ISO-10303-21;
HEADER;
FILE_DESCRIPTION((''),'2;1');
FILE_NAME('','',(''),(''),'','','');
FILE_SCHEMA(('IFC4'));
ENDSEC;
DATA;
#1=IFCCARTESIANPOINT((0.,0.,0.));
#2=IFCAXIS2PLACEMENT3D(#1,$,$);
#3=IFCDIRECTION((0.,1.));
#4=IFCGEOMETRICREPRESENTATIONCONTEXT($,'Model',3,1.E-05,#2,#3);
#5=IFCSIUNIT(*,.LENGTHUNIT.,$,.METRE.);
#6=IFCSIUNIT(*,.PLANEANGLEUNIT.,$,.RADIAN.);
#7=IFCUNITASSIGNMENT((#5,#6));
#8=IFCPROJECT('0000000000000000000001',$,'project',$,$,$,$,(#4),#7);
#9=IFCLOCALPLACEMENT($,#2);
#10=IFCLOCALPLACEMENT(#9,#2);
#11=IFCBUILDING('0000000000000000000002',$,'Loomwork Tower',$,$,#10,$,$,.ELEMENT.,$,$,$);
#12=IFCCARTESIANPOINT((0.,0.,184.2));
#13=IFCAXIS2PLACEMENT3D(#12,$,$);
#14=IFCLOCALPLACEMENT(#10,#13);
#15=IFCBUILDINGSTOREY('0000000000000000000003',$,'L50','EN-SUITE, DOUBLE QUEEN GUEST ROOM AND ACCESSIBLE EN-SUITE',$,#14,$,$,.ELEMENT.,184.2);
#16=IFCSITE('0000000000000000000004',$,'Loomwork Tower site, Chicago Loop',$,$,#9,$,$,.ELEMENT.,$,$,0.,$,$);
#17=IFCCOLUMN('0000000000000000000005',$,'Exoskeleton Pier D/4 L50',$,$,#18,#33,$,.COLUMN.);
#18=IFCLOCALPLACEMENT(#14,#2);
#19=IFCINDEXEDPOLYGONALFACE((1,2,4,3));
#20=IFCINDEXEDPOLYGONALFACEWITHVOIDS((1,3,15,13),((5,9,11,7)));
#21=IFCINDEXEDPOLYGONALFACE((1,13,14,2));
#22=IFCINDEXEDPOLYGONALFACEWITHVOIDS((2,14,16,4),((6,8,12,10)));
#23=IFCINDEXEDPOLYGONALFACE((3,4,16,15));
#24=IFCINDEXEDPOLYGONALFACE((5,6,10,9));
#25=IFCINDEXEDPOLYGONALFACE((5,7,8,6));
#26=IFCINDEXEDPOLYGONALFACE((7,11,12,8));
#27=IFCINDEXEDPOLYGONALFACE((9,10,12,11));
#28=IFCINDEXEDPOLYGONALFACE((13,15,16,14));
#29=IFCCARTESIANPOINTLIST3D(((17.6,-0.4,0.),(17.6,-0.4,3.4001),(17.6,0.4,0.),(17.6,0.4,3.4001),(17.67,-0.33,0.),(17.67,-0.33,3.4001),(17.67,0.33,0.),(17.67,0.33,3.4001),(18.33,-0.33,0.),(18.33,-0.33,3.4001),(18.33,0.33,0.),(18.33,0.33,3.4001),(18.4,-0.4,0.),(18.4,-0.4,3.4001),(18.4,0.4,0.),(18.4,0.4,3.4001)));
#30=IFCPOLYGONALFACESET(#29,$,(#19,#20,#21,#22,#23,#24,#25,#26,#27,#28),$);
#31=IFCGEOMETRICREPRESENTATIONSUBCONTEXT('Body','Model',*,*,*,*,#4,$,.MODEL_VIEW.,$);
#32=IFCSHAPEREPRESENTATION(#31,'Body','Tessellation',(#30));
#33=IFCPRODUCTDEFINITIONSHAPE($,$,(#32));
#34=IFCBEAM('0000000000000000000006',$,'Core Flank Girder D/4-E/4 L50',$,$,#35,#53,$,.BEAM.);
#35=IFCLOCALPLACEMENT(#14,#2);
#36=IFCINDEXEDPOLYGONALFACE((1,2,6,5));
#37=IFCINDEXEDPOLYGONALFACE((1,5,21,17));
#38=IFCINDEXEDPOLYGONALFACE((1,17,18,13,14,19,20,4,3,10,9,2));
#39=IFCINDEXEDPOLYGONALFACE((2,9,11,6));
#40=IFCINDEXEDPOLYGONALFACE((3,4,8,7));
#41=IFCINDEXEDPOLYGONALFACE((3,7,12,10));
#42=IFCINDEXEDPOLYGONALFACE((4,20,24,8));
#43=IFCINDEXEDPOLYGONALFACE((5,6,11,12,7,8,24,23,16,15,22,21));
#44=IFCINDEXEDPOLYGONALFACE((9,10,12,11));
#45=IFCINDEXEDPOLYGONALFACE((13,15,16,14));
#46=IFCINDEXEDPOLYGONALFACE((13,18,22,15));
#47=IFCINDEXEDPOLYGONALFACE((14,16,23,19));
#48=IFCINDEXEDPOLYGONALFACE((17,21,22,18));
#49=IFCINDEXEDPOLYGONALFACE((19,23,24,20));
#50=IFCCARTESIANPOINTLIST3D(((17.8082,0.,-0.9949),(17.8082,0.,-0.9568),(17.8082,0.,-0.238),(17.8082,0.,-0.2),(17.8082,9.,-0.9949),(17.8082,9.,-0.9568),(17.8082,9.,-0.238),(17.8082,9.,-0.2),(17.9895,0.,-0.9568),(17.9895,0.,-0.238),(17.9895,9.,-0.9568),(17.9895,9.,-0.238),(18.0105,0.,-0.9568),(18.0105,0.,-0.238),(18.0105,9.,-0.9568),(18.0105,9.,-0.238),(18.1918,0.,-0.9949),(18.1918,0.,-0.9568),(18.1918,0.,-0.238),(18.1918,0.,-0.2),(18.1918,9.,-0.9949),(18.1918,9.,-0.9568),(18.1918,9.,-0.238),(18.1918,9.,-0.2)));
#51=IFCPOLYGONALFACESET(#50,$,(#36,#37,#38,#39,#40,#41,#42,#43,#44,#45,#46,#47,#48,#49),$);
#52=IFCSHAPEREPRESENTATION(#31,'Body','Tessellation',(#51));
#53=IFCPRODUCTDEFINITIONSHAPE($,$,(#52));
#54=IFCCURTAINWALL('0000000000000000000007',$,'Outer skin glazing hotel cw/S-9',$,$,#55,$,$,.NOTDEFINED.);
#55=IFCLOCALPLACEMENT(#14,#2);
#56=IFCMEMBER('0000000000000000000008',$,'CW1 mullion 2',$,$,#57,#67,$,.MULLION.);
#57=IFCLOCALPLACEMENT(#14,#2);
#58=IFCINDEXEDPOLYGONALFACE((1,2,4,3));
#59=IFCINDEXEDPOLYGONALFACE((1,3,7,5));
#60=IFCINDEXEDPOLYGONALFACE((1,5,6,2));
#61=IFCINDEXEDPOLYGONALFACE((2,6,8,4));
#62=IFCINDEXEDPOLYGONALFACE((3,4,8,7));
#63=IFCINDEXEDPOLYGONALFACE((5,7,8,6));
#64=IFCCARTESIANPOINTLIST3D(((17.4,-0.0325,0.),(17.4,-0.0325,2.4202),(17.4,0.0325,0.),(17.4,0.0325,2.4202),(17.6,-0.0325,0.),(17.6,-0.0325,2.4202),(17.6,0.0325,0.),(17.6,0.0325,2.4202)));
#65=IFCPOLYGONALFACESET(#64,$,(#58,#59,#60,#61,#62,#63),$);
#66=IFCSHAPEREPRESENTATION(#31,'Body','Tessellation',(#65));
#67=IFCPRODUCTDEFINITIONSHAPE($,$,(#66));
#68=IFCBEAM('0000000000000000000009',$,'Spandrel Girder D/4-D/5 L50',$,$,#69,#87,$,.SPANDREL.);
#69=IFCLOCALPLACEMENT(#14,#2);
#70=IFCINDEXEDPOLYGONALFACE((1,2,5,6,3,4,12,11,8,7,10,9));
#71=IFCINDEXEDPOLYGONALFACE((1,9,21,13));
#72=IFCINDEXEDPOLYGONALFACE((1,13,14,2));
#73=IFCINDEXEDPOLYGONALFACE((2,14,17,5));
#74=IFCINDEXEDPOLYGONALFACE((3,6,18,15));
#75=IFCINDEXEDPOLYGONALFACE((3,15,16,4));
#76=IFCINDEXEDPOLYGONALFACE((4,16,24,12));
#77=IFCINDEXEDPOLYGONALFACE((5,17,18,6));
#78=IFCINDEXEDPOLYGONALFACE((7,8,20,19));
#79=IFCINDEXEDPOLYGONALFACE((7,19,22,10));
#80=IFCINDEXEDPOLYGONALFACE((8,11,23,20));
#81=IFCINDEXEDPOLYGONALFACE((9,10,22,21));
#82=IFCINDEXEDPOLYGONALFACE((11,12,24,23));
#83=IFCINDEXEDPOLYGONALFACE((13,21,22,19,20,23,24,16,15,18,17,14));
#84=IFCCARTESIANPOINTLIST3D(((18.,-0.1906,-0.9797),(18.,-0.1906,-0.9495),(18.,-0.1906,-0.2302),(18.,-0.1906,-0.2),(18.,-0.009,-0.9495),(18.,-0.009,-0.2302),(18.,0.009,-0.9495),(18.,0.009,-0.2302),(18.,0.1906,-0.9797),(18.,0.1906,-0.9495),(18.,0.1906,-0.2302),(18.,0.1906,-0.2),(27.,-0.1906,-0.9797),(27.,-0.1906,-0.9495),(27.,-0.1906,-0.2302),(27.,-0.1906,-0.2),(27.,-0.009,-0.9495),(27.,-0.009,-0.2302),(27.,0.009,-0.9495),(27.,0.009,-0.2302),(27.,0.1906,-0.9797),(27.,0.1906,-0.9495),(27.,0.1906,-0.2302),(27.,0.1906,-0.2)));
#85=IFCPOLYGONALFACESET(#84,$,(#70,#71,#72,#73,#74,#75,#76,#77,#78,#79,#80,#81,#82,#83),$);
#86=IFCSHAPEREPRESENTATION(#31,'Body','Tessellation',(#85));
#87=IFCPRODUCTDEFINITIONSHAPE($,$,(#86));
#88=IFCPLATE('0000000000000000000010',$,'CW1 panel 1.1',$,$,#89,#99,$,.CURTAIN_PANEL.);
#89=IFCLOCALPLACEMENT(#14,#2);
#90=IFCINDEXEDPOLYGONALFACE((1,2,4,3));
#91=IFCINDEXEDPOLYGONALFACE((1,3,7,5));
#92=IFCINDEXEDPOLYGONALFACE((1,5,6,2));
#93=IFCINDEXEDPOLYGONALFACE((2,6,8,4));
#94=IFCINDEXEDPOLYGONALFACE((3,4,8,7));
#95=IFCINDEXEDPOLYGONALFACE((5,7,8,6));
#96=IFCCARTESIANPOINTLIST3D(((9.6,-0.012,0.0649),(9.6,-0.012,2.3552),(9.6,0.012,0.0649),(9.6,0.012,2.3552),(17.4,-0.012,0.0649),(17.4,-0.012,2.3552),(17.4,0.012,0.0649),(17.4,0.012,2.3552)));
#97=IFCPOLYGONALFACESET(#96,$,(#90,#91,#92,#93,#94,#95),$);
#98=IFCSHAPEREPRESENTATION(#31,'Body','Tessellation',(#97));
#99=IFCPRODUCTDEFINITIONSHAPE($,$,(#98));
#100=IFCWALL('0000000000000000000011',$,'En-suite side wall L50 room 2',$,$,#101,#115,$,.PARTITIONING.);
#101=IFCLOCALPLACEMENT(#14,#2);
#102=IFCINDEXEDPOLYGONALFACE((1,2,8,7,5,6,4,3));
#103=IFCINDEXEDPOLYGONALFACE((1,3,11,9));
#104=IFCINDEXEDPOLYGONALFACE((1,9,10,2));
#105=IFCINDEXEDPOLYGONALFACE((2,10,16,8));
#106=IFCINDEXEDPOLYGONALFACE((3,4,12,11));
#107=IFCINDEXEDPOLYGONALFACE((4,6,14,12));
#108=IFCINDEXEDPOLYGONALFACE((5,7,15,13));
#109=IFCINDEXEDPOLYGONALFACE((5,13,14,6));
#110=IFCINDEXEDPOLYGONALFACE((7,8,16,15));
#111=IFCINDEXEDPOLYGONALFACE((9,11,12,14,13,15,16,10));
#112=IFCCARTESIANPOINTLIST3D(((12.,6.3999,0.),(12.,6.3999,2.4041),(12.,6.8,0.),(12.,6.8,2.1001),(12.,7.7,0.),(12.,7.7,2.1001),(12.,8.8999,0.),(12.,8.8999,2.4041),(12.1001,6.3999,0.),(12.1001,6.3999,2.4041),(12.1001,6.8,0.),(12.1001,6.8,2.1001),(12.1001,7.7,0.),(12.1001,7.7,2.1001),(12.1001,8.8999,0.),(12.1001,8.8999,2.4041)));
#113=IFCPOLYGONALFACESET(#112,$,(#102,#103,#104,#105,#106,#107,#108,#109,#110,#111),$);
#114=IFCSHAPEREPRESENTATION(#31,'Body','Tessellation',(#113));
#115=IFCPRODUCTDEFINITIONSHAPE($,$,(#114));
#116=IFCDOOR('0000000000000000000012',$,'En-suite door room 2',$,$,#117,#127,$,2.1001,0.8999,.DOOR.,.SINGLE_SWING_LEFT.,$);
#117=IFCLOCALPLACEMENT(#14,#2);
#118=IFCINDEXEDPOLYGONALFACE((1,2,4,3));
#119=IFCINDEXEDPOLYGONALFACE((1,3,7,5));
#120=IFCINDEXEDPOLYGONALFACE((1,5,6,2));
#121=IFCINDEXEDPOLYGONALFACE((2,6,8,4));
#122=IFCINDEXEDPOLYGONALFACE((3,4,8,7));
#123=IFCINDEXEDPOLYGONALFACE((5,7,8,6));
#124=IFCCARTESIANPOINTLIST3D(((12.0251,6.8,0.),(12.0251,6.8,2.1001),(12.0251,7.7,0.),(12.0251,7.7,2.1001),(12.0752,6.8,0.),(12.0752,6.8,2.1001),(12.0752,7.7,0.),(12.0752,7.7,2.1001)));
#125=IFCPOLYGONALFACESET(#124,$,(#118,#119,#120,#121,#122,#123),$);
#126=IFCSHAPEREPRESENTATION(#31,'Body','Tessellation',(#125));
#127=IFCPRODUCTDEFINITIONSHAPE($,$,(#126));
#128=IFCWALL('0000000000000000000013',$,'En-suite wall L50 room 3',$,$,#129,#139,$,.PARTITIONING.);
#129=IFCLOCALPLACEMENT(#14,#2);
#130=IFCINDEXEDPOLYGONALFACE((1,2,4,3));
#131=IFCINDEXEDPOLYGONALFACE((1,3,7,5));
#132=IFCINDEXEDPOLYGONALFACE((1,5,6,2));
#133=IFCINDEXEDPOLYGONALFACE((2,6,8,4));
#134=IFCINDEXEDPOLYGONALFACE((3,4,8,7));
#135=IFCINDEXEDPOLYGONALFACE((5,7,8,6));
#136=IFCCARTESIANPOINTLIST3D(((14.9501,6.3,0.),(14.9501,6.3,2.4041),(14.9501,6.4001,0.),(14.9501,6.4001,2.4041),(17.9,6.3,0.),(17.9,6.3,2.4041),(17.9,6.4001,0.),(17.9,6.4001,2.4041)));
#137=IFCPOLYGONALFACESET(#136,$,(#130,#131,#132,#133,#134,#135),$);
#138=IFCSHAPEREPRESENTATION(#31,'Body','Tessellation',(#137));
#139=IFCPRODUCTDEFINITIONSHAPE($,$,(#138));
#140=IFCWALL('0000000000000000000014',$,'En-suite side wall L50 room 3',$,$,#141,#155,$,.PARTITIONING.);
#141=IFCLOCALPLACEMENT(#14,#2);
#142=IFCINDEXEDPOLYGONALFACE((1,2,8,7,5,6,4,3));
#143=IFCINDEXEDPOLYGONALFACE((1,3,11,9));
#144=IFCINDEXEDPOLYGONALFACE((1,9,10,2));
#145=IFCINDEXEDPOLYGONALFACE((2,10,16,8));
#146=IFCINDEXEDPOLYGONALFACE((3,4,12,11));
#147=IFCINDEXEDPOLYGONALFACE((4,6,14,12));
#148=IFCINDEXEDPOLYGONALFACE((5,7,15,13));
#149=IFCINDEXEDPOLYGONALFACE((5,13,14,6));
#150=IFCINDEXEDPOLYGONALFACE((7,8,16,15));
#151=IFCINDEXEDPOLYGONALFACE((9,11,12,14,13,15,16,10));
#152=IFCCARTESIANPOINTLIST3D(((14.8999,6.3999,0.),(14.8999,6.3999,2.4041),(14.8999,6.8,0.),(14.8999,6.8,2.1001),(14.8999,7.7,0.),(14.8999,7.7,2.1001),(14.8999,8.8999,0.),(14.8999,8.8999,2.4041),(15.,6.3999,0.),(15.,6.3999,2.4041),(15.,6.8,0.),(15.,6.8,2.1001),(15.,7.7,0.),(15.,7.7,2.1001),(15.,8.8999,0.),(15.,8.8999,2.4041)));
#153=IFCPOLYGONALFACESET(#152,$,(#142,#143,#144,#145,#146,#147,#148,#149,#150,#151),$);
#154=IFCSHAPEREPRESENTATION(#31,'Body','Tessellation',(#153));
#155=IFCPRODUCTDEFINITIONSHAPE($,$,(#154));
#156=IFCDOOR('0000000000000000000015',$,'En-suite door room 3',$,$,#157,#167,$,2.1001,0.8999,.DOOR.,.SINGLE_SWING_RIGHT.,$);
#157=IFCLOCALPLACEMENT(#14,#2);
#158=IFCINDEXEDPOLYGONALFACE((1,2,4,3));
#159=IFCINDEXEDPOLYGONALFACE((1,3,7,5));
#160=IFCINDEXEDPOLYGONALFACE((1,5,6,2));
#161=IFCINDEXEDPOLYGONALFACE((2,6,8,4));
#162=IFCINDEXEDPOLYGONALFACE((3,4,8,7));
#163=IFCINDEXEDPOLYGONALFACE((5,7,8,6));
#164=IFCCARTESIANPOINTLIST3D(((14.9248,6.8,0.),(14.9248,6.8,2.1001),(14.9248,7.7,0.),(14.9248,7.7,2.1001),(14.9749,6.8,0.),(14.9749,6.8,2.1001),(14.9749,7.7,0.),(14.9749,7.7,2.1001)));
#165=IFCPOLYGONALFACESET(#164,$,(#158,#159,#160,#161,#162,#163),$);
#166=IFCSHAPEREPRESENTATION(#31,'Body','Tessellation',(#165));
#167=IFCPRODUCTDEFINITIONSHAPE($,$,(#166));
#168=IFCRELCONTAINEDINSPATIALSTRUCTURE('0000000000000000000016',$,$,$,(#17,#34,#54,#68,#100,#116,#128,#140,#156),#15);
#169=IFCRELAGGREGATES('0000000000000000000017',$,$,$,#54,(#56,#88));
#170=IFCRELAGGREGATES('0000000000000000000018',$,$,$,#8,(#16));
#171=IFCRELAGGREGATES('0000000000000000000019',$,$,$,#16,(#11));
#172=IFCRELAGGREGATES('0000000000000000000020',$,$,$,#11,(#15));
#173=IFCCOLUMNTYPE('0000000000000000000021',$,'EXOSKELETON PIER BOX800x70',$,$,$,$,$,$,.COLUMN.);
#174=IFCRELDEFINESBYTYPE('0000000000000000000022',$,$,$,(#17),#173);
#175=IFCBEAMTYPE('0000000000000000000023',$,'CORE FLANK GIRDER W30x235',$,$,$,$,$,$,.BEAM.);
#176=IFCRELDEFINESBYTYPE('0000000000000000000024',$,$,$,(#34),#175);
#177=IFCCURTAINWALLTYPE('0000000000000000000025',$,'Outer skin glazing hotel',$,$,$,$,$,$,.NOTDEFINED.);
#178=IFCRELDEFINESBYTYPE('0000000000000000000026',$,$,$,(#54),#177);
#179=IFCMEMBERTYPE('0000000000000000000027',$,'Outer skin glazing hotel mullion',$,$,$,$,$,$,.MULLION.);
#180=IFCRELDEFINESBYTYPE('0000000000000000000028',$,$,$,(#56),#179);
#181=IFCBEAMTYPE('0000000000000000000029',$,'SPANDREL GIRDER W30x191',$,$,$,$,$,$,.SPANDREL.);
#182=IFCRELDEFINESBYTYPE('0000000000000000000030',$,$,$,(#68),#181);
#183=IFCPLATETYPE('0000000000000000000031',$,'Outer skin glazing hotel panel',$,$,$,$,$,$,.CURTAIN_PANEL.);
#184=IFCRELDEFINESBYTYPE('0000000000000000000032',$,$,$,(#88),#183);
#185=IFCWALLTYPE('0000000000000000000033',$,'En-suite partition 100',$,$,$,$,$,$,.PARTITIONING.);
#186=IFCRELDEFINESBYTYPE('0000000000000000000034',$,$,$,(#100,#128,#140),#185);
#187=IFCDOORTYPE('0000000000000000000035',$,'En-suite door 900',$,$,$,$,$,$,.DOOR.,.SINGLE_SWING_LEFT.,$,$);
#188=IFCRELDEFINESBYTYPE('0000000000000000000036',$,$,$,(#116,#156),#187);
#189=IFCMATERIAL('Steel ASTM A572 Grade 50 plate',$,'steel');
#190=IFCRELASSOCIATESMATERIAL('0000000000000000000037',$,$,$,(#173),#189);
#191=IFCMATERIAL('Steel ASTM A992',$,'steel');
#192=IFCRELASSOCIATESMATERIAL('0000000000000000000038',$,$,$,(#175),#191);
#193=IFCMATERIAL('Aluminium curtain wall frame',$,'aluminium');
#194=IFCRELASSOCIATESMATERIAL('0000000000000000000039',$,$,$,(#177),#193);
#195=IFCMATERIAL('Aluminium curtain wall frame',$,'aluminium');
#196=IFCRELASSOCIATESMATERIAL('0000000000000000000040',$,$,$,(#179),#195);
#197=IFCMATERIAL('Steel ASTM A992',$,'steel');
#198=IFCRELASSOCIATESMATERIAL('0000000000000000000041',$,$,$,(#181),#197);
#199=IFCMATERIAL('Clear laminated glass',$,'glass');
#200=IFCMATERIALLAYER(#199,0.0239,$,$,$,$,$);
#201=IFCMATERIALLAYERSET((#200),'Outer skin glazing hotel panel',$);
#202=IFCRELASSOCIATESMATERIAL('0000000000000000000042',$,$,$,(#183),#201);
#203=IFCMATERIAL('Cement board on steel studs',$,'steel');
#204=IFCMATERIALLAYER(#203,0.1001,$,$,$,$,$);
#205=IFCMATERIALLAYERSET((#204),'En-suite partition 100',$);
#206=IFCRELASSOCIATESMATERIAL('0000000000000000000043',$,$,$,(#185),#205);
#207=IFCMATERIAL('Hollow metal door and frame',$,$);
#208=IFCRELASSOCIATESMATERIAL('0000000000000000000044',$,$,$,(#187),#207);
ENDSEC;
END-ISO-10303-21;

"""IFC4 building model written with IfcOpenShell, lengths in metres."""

from ifc_helpers import new_model, si_unit, direction, frame, frame_2d, origin, origin_2d, place, context, subcontext, project, spatial, rectangle, hollow_rectangle, i_section, extrude, material, layer, layer_set, material_profile, profile_set, type_object, element, fill, aggregate, save


model = new_model("IFC4")

# Units and contexts
model_context = context("Model", 3, precision=1e-05, world=origin(), true_north=direction((0.0, 1.0)))
body_context = subcontext(model_context, "Body", "Model", "MODEL_VIEW")
ifc_project = project(units=[si_unit("LENGTHUNIT", "METRE"), si_unit("PLANEANGLEUNIT", "RADIAN")], contexts=[model_context])

# Site, building, storey
site_placement = place(None, origin())
site = spatial("IfcSite", under=ifc_project, at=site_placement, Name="Loomwork Tower site, Chicago Loop", CompositionType="ELEMENT", RefElevation=0.0)
building_placement = place(site_placement, origin())
building = spatial("IfcBuilding", under=site, at=building_placement, Name="Loomwork Tower", CompositionType="ELEMENT")
storey_placement = place(building_placement, frame((0.0, 0.0, 184.2)))
storey = spatial("IfcBuildingStorey", under=building, at=storey_placement, Name="L50", Description="EN-SUITE, DOUBLE QUEEN GUEST ROOM AND ACCESSIBLE EN-SUITE", CompositionType="ELEMENT", Elevation=184.2)

# Column
ifc_material_1 = material(Name="Steel ASTM A572 Grade 50 plate", Category="steel")
ifc_material_profile_1 = material_profile(ifc_material_1, hollow_rectangle(XDim=0.8, YDim=0.8, WallThickness=0.0701, at=origin_2d()), Name="BOX800x70")
ifc_profile_set_1 = profile_set([ifc_material_profile_1], Name="Steel ASTM A572 Grade 50 plate")
column_type = type_object("IfcColumnType", Name="EXOSKELETON PIER BOX800x70", PredefinedType="COLUMN", material=ifc_profile_set_1)
column_placement = place(storey_placement, frame((18.0, 0.0, 0.0), z_axis=(0.0, 0.0, 1.0), x_axis=(1.0, 0.0, 0.0)))
element("IfcColumn", 1, at=column_placement, inside=storey, type_object=column_type, Name="Exoskeleton Pier D/4 L50", PredefinedType="COLUMN", context=body_context, shape_type="SweptSolid", body=[
    extrude(hollow_rectangle(XDim=0.8, YDim=0.8, WallThickness=0.0701, at=origin_2d()), origin(), (0.0, 0.0, 1.0), 3.4001),
])

# Beam
ifc_material_2 = material(Name="Steel ASTM A992", Category="steel")
ifc_material_profile_2 = material_profile(ifc_material_2, i_section(OverallWidth=0.3835, OverallDepth=0.7949, WebThickness=0.021, FlangeThickness=0.0381, at=origin_2d()), Name="W30x235")
ifc_profile_set_2 = profile_set([ifc_material_profile_2], Name="Steel ASTM A992")
beam_type_1 = type_object("IfcBeamType", Name="CORE FLANK GIRDER W30x235", PredefinedType="BEAM", material=ifc_profile_set_2)
beam_1_placement = place(storey_placement, frame((18.0, 0.0, -0.5974), z_axis=(0.0, 1.0, 0.0), x_axis=(-1.0, 0.0, 0.0)))
element("IfcBeam", 2, at=beam_1_placement, inside=storey, type_object=beam_type_1, Name="Core Flank Girder D/4-E/4 L50", PredefinedType="BEAM", context=body_context, shape_type="SweptSolid", body=[
    extrude(i_section(OverallWidth=0.3835, OverallDepth=0.7949, WebThickness=0.021, FlangeThickness=0.0381, at=origin_2d()), origin(), (0.0, 0.0, 1.0), 9.0),
])

# Curtain wall, member
ifc_material_3 = material(Name="Aluminium curtain wall frame", Category="aluminium")
curtain_wall_type = type_object("IfcCurtainWallType", Name="Outer skin glazing hotel", PredefinedType="NOTDEFINED", material=ifc_material_3)
curtain_wall_placement = place(storey_placement, origin())
curtain_wall = element("IfcCurtainWall", 3, at=curtain_wall_placement, inside=storey, type_object=curtain_wall_type, Name="Outer skin glazing hotel cw/S-9", PredefinedType="NOTDEFINED")
ifc_material_4 = material(Name="Aluminium curtain wall frame", Category="aluminium")
ifc_material_profile_3 = material_profile(ifc_material_4, rectangle(XDim=0.0649, YDim=0.2, at=origin_2d()), Name="AL 65x200")
ifc_profile_set_3 = profile_set([ifc_material_profile_3], Name="Aluminium curtain wall frame")
member_type = type_object("IfcMemberType", Name="Outer skin glazing hotel mullion", PredefinedType="MULLION", material=ifc_profile_set_3)
member_placement = place(storey_placement, frame((17.5, 0.0, 0.0), z_axis=(0.0, 0.0, 1.0), x_axis=(0.0, 1.0, 0.0)))
member = element("IfcMember", 4, at=member_placement, type_object=member_type, Name="CW1 mullion 2", PredefinedType="MULLION", context=body_context, shape_type="SweptSolid", body=[
    extrude(rectangle(XDim=0.0649, YDim=0.2, at=origin_2d()), origin(), (0.0, 0.0, 1.0), 2.4202),
])

# Beam
ifc_material_5 = material(Name="Steel ASTM A992", Category="steel")
ifc_material_profile_4 = material_profile(ifc_material_5, i_section(OverallWidth=0.3811, OverallDepth=0.7798, WebThickness=0.0181, FlangeThickness=0.0303, at=origin_2d()), Name="W30x191")
ifc_profile_set_4 = profile_set([ifc_material_profile_4], Name="Steel ASTM A992")
beam_type_2 = type_object("IfcBeamType", Name="SPANDREL GIRDER W30x191", PredefinedType="SPANDREL", material=ifc_profile_set_4)
beam_2_placement = place(storey_placement, frame((18.0, 0.0, -0.5898), z_axis=(1.0, 0.0, 0.0), x_axis=(0.0, 1.0, 0.0)))
element("IfcBeam", 5, at=beam_2_placement, inside=storey, type_object=beam_type_2, Name="Spandrel Girder D/4-D/5 L50", PredefinedType="SPANDREL", context=body_context, shape_type="SweptSolid", body=[
    extrude(i_section(OverallWidth=0.3811, OverallDepth=0.7798, WebThickness=0.0181, FlangeThickness=0.0303, at=origin_2d()), origin(), (0.0, 0.0, 1.0), 9.0),
])

# Plate
ifc_material_6 = material(Name="Clear laminated glass", Category="glass")
ifc_layer_1 = layer(ifc_material_6, 0.0239)
ifc_layer_set_1 = layer_set([ifc_layer_1], Name="Outer skin glazing hotel panel")
plate_type = type_object("IfcPlateType", Name="Outer skin glazing hotel panel", PredefinedType="CURTAIN_PANEL", material=ifc_layer_set_1)
plate_placement = place(storey_placement, frame((13.5, 0.0, 0.0649), z_axis=(0.0, 0.0, 1.0), x_axis=(1.0, 0.0, 0.0)))
plate = element("IfcPlate", 6, at=plate_placement, type_object=plate_type, Name="CW1 panel 1.1", PredefinedType="CURTAIN_PANEL", context=body_context, shape_type="SweptSolid", body=[
    extrude(rectangle(XDim=7.8, YDim=0.0239, at=origin_2d()), origin(), (0.0, 0.0, 1.0), 2.2903),
])
aggregate(curtain_wall, [member, plate])

# Wall, opening, door
ifc_material_7 = material(Name="Cement board on steel studs", Category="steel")
ifc_layer_2 = layer(ifc_material_7, 0.1001)
ifc_layer_set_2 = layer_set([ifc_layer_2], Name="En-suite partition 100")
wall_type_1 = type_object("IfcWallType", Name="En-suite partition 100", PredefinedType="PARTITIONING", material=ifc_layer_set_2)
wall_1_placement = place(storey_placement, frame((12.05, 8.8999, 0.0), z_axis=(0.0, 0.0, 1.0), x_axis=(0.0, -1.0, 0.0)))
wall_1 = element("IfcWall", 7, at=wall_1_placement, inside=storey, type_object=wall_type_1, Name="En-suite side wall L50 room 2", PredefinedType="PARTITIONING", context=body_context, shape_type="SweptSolid", body=[
    extrude(rectangle(XDim=2.5, YDim=0.1001, at=frame_2d((1.25, 0.0))), origin(), (0.0, 0.0, 1.0), 2.4041),
])
opening_1_placement = place(wall_1_placement, frame((1.2, 0.0, 0.0)))
opening_1 = element("IfcOpeningElement", 8, at=opening_1_placement, cuts=wall_1, PredefinedType="OPENING", context=body_context, shape_type="SweptSolid", body=[
    extrude(rectangle(XDim=0.8999, YDim=2.1001, at=frame_2d((0.45, 1.05))), frame((0.0, 0.0601, 0.0), z_axis=(0.0, -1.0, 0.0), x_axis=(1.0, 0.0, 0.0)), (0.0, 0.0, 1.0), 0.1201),
])
ifc_material_8 = material(Name="Hollow metal door and frame")
door_type = type_object("IfcDoorType", Name="En-suite door 900", OperationType="SINGLE_SWING_LEFT", PredefinedType="DOOR", material=ifc_material_8)
door_1_placement = place(opening_1_placement, frame((0.8999, 0.0, 0.0), z_axis=(0.0, 0.0, 1.0), x_axis=(-1.0, 0.0, 0.0)))
door_1 = element("IfcDoor", 9, at=door_1_placement, inside=storey, type_object=door_type, Name="En-suite door room 2", OperationType="SINGLE_SWING_LEFT", OverallHeight=2.1001, OverallWidth=0.8999, PredefinedType="DOOR", context=body_context, shape_type="SweptSolid", body=[
    extrude(rectangle(XDim=0.8999, YDim=2.1001, at=frame_2d((0.45, 1.05))), frame((0.0, 0.0249, 0.0), z_axis=(0.0, -1.0, 0.0), x_axis=(1.0, 0.0, 0.0)), (0.0, 0.0, 1.0), 0.05),
])
fill(opening_1, door_1)

# Wall
wall_2_placement = place(storey_placement, frame((14.95, 6.3501, 0.0), z_axis=(0.0, 0.0, 1.0), x_axis=(1.0, 0.0, 0.0)))
element("IfcWall", 10, at=wall_2_placement, inside=storey, type_object=wall_type_1, Name="En-suite wall L50 room 3", PredefinedType="PARTITIONING", context=body_context, shape_type="SweptSolid", body=[
    extrude(rectangle(XDim=2.95, YDim=0.1001, at=frame_2d((1.4751, 0.0))), origin(), (0.0, 0.0, 1.0), 2.4041),
])

# Wall, opening, door
wall_3_placement = place(storey_placement, frame((14.95, 8.8999, 0.0), z_axis=(0.0, 0.0, 1.0), x_axis=(0.0, -1.0, 0.0)))
wall_3 = element("IfcWall", 11, at=wall_3_placement, inside=storey, type_object=wall_type_1, Name="En-suite side wall L50 room 3", PredefinedType="PARTITIONING", context=body_context, shape_type="SweptSolid", body=[
    extrude(rectangle(XDim=2.5, YDim=0.1001, at=frame_2d((1.25, 0.0))), origin(), (0.0, 0.0, 1.0), 2.4041),
])
opening_2_placement = place(wall_3_placement, frame((1.2, 0.0, 0.0)))
opening_2 = element("IfcOpeningElement", 12, at=opening_2_placement, cuts=wall_3, PredefinedType="OPENING", context=body_context, shape_type="SweptSolid", body=[
    extrude(rectangle(XDim=0.8999, YDim=2.1001, at=frame_2d((0.45, 1.05))), frame((0.0, 0.0601, 0.0), z_axis=(0.0, -1.0, 0.0), x_axis=(1.0, 0.0, 0.0)), (0.0, 0.0, 1.0), 0.1201),
])
door_2_placement = place(opening_2_placement, origin())
door_2 = element("IfcDoor", 13, at=door_2_placement, inside=storey, type_object=door_type, Name="En-suite door room 3", OperationType="SINGLE_SWING_RIGHT", OverallHeight=2.1001, OverallWidth=0.8999, PredefinedType="DOOR", context=body_context, shape_type="SweptSolid", body=[
    extrude(rectangle(XDim=0.8999, YDim=2.1001, at=frame_2d((0.45, 1.05))), frame((0.0, 0.0249, 0.0), z_axis=(0.0, -1.0, 0.0), x_axis=(1.0, 0.0, 0.0)), (0.0, 0.0, 1.0), 0.05),
])
fill(opening_2, door_2)

save(model, "model.ifc")
